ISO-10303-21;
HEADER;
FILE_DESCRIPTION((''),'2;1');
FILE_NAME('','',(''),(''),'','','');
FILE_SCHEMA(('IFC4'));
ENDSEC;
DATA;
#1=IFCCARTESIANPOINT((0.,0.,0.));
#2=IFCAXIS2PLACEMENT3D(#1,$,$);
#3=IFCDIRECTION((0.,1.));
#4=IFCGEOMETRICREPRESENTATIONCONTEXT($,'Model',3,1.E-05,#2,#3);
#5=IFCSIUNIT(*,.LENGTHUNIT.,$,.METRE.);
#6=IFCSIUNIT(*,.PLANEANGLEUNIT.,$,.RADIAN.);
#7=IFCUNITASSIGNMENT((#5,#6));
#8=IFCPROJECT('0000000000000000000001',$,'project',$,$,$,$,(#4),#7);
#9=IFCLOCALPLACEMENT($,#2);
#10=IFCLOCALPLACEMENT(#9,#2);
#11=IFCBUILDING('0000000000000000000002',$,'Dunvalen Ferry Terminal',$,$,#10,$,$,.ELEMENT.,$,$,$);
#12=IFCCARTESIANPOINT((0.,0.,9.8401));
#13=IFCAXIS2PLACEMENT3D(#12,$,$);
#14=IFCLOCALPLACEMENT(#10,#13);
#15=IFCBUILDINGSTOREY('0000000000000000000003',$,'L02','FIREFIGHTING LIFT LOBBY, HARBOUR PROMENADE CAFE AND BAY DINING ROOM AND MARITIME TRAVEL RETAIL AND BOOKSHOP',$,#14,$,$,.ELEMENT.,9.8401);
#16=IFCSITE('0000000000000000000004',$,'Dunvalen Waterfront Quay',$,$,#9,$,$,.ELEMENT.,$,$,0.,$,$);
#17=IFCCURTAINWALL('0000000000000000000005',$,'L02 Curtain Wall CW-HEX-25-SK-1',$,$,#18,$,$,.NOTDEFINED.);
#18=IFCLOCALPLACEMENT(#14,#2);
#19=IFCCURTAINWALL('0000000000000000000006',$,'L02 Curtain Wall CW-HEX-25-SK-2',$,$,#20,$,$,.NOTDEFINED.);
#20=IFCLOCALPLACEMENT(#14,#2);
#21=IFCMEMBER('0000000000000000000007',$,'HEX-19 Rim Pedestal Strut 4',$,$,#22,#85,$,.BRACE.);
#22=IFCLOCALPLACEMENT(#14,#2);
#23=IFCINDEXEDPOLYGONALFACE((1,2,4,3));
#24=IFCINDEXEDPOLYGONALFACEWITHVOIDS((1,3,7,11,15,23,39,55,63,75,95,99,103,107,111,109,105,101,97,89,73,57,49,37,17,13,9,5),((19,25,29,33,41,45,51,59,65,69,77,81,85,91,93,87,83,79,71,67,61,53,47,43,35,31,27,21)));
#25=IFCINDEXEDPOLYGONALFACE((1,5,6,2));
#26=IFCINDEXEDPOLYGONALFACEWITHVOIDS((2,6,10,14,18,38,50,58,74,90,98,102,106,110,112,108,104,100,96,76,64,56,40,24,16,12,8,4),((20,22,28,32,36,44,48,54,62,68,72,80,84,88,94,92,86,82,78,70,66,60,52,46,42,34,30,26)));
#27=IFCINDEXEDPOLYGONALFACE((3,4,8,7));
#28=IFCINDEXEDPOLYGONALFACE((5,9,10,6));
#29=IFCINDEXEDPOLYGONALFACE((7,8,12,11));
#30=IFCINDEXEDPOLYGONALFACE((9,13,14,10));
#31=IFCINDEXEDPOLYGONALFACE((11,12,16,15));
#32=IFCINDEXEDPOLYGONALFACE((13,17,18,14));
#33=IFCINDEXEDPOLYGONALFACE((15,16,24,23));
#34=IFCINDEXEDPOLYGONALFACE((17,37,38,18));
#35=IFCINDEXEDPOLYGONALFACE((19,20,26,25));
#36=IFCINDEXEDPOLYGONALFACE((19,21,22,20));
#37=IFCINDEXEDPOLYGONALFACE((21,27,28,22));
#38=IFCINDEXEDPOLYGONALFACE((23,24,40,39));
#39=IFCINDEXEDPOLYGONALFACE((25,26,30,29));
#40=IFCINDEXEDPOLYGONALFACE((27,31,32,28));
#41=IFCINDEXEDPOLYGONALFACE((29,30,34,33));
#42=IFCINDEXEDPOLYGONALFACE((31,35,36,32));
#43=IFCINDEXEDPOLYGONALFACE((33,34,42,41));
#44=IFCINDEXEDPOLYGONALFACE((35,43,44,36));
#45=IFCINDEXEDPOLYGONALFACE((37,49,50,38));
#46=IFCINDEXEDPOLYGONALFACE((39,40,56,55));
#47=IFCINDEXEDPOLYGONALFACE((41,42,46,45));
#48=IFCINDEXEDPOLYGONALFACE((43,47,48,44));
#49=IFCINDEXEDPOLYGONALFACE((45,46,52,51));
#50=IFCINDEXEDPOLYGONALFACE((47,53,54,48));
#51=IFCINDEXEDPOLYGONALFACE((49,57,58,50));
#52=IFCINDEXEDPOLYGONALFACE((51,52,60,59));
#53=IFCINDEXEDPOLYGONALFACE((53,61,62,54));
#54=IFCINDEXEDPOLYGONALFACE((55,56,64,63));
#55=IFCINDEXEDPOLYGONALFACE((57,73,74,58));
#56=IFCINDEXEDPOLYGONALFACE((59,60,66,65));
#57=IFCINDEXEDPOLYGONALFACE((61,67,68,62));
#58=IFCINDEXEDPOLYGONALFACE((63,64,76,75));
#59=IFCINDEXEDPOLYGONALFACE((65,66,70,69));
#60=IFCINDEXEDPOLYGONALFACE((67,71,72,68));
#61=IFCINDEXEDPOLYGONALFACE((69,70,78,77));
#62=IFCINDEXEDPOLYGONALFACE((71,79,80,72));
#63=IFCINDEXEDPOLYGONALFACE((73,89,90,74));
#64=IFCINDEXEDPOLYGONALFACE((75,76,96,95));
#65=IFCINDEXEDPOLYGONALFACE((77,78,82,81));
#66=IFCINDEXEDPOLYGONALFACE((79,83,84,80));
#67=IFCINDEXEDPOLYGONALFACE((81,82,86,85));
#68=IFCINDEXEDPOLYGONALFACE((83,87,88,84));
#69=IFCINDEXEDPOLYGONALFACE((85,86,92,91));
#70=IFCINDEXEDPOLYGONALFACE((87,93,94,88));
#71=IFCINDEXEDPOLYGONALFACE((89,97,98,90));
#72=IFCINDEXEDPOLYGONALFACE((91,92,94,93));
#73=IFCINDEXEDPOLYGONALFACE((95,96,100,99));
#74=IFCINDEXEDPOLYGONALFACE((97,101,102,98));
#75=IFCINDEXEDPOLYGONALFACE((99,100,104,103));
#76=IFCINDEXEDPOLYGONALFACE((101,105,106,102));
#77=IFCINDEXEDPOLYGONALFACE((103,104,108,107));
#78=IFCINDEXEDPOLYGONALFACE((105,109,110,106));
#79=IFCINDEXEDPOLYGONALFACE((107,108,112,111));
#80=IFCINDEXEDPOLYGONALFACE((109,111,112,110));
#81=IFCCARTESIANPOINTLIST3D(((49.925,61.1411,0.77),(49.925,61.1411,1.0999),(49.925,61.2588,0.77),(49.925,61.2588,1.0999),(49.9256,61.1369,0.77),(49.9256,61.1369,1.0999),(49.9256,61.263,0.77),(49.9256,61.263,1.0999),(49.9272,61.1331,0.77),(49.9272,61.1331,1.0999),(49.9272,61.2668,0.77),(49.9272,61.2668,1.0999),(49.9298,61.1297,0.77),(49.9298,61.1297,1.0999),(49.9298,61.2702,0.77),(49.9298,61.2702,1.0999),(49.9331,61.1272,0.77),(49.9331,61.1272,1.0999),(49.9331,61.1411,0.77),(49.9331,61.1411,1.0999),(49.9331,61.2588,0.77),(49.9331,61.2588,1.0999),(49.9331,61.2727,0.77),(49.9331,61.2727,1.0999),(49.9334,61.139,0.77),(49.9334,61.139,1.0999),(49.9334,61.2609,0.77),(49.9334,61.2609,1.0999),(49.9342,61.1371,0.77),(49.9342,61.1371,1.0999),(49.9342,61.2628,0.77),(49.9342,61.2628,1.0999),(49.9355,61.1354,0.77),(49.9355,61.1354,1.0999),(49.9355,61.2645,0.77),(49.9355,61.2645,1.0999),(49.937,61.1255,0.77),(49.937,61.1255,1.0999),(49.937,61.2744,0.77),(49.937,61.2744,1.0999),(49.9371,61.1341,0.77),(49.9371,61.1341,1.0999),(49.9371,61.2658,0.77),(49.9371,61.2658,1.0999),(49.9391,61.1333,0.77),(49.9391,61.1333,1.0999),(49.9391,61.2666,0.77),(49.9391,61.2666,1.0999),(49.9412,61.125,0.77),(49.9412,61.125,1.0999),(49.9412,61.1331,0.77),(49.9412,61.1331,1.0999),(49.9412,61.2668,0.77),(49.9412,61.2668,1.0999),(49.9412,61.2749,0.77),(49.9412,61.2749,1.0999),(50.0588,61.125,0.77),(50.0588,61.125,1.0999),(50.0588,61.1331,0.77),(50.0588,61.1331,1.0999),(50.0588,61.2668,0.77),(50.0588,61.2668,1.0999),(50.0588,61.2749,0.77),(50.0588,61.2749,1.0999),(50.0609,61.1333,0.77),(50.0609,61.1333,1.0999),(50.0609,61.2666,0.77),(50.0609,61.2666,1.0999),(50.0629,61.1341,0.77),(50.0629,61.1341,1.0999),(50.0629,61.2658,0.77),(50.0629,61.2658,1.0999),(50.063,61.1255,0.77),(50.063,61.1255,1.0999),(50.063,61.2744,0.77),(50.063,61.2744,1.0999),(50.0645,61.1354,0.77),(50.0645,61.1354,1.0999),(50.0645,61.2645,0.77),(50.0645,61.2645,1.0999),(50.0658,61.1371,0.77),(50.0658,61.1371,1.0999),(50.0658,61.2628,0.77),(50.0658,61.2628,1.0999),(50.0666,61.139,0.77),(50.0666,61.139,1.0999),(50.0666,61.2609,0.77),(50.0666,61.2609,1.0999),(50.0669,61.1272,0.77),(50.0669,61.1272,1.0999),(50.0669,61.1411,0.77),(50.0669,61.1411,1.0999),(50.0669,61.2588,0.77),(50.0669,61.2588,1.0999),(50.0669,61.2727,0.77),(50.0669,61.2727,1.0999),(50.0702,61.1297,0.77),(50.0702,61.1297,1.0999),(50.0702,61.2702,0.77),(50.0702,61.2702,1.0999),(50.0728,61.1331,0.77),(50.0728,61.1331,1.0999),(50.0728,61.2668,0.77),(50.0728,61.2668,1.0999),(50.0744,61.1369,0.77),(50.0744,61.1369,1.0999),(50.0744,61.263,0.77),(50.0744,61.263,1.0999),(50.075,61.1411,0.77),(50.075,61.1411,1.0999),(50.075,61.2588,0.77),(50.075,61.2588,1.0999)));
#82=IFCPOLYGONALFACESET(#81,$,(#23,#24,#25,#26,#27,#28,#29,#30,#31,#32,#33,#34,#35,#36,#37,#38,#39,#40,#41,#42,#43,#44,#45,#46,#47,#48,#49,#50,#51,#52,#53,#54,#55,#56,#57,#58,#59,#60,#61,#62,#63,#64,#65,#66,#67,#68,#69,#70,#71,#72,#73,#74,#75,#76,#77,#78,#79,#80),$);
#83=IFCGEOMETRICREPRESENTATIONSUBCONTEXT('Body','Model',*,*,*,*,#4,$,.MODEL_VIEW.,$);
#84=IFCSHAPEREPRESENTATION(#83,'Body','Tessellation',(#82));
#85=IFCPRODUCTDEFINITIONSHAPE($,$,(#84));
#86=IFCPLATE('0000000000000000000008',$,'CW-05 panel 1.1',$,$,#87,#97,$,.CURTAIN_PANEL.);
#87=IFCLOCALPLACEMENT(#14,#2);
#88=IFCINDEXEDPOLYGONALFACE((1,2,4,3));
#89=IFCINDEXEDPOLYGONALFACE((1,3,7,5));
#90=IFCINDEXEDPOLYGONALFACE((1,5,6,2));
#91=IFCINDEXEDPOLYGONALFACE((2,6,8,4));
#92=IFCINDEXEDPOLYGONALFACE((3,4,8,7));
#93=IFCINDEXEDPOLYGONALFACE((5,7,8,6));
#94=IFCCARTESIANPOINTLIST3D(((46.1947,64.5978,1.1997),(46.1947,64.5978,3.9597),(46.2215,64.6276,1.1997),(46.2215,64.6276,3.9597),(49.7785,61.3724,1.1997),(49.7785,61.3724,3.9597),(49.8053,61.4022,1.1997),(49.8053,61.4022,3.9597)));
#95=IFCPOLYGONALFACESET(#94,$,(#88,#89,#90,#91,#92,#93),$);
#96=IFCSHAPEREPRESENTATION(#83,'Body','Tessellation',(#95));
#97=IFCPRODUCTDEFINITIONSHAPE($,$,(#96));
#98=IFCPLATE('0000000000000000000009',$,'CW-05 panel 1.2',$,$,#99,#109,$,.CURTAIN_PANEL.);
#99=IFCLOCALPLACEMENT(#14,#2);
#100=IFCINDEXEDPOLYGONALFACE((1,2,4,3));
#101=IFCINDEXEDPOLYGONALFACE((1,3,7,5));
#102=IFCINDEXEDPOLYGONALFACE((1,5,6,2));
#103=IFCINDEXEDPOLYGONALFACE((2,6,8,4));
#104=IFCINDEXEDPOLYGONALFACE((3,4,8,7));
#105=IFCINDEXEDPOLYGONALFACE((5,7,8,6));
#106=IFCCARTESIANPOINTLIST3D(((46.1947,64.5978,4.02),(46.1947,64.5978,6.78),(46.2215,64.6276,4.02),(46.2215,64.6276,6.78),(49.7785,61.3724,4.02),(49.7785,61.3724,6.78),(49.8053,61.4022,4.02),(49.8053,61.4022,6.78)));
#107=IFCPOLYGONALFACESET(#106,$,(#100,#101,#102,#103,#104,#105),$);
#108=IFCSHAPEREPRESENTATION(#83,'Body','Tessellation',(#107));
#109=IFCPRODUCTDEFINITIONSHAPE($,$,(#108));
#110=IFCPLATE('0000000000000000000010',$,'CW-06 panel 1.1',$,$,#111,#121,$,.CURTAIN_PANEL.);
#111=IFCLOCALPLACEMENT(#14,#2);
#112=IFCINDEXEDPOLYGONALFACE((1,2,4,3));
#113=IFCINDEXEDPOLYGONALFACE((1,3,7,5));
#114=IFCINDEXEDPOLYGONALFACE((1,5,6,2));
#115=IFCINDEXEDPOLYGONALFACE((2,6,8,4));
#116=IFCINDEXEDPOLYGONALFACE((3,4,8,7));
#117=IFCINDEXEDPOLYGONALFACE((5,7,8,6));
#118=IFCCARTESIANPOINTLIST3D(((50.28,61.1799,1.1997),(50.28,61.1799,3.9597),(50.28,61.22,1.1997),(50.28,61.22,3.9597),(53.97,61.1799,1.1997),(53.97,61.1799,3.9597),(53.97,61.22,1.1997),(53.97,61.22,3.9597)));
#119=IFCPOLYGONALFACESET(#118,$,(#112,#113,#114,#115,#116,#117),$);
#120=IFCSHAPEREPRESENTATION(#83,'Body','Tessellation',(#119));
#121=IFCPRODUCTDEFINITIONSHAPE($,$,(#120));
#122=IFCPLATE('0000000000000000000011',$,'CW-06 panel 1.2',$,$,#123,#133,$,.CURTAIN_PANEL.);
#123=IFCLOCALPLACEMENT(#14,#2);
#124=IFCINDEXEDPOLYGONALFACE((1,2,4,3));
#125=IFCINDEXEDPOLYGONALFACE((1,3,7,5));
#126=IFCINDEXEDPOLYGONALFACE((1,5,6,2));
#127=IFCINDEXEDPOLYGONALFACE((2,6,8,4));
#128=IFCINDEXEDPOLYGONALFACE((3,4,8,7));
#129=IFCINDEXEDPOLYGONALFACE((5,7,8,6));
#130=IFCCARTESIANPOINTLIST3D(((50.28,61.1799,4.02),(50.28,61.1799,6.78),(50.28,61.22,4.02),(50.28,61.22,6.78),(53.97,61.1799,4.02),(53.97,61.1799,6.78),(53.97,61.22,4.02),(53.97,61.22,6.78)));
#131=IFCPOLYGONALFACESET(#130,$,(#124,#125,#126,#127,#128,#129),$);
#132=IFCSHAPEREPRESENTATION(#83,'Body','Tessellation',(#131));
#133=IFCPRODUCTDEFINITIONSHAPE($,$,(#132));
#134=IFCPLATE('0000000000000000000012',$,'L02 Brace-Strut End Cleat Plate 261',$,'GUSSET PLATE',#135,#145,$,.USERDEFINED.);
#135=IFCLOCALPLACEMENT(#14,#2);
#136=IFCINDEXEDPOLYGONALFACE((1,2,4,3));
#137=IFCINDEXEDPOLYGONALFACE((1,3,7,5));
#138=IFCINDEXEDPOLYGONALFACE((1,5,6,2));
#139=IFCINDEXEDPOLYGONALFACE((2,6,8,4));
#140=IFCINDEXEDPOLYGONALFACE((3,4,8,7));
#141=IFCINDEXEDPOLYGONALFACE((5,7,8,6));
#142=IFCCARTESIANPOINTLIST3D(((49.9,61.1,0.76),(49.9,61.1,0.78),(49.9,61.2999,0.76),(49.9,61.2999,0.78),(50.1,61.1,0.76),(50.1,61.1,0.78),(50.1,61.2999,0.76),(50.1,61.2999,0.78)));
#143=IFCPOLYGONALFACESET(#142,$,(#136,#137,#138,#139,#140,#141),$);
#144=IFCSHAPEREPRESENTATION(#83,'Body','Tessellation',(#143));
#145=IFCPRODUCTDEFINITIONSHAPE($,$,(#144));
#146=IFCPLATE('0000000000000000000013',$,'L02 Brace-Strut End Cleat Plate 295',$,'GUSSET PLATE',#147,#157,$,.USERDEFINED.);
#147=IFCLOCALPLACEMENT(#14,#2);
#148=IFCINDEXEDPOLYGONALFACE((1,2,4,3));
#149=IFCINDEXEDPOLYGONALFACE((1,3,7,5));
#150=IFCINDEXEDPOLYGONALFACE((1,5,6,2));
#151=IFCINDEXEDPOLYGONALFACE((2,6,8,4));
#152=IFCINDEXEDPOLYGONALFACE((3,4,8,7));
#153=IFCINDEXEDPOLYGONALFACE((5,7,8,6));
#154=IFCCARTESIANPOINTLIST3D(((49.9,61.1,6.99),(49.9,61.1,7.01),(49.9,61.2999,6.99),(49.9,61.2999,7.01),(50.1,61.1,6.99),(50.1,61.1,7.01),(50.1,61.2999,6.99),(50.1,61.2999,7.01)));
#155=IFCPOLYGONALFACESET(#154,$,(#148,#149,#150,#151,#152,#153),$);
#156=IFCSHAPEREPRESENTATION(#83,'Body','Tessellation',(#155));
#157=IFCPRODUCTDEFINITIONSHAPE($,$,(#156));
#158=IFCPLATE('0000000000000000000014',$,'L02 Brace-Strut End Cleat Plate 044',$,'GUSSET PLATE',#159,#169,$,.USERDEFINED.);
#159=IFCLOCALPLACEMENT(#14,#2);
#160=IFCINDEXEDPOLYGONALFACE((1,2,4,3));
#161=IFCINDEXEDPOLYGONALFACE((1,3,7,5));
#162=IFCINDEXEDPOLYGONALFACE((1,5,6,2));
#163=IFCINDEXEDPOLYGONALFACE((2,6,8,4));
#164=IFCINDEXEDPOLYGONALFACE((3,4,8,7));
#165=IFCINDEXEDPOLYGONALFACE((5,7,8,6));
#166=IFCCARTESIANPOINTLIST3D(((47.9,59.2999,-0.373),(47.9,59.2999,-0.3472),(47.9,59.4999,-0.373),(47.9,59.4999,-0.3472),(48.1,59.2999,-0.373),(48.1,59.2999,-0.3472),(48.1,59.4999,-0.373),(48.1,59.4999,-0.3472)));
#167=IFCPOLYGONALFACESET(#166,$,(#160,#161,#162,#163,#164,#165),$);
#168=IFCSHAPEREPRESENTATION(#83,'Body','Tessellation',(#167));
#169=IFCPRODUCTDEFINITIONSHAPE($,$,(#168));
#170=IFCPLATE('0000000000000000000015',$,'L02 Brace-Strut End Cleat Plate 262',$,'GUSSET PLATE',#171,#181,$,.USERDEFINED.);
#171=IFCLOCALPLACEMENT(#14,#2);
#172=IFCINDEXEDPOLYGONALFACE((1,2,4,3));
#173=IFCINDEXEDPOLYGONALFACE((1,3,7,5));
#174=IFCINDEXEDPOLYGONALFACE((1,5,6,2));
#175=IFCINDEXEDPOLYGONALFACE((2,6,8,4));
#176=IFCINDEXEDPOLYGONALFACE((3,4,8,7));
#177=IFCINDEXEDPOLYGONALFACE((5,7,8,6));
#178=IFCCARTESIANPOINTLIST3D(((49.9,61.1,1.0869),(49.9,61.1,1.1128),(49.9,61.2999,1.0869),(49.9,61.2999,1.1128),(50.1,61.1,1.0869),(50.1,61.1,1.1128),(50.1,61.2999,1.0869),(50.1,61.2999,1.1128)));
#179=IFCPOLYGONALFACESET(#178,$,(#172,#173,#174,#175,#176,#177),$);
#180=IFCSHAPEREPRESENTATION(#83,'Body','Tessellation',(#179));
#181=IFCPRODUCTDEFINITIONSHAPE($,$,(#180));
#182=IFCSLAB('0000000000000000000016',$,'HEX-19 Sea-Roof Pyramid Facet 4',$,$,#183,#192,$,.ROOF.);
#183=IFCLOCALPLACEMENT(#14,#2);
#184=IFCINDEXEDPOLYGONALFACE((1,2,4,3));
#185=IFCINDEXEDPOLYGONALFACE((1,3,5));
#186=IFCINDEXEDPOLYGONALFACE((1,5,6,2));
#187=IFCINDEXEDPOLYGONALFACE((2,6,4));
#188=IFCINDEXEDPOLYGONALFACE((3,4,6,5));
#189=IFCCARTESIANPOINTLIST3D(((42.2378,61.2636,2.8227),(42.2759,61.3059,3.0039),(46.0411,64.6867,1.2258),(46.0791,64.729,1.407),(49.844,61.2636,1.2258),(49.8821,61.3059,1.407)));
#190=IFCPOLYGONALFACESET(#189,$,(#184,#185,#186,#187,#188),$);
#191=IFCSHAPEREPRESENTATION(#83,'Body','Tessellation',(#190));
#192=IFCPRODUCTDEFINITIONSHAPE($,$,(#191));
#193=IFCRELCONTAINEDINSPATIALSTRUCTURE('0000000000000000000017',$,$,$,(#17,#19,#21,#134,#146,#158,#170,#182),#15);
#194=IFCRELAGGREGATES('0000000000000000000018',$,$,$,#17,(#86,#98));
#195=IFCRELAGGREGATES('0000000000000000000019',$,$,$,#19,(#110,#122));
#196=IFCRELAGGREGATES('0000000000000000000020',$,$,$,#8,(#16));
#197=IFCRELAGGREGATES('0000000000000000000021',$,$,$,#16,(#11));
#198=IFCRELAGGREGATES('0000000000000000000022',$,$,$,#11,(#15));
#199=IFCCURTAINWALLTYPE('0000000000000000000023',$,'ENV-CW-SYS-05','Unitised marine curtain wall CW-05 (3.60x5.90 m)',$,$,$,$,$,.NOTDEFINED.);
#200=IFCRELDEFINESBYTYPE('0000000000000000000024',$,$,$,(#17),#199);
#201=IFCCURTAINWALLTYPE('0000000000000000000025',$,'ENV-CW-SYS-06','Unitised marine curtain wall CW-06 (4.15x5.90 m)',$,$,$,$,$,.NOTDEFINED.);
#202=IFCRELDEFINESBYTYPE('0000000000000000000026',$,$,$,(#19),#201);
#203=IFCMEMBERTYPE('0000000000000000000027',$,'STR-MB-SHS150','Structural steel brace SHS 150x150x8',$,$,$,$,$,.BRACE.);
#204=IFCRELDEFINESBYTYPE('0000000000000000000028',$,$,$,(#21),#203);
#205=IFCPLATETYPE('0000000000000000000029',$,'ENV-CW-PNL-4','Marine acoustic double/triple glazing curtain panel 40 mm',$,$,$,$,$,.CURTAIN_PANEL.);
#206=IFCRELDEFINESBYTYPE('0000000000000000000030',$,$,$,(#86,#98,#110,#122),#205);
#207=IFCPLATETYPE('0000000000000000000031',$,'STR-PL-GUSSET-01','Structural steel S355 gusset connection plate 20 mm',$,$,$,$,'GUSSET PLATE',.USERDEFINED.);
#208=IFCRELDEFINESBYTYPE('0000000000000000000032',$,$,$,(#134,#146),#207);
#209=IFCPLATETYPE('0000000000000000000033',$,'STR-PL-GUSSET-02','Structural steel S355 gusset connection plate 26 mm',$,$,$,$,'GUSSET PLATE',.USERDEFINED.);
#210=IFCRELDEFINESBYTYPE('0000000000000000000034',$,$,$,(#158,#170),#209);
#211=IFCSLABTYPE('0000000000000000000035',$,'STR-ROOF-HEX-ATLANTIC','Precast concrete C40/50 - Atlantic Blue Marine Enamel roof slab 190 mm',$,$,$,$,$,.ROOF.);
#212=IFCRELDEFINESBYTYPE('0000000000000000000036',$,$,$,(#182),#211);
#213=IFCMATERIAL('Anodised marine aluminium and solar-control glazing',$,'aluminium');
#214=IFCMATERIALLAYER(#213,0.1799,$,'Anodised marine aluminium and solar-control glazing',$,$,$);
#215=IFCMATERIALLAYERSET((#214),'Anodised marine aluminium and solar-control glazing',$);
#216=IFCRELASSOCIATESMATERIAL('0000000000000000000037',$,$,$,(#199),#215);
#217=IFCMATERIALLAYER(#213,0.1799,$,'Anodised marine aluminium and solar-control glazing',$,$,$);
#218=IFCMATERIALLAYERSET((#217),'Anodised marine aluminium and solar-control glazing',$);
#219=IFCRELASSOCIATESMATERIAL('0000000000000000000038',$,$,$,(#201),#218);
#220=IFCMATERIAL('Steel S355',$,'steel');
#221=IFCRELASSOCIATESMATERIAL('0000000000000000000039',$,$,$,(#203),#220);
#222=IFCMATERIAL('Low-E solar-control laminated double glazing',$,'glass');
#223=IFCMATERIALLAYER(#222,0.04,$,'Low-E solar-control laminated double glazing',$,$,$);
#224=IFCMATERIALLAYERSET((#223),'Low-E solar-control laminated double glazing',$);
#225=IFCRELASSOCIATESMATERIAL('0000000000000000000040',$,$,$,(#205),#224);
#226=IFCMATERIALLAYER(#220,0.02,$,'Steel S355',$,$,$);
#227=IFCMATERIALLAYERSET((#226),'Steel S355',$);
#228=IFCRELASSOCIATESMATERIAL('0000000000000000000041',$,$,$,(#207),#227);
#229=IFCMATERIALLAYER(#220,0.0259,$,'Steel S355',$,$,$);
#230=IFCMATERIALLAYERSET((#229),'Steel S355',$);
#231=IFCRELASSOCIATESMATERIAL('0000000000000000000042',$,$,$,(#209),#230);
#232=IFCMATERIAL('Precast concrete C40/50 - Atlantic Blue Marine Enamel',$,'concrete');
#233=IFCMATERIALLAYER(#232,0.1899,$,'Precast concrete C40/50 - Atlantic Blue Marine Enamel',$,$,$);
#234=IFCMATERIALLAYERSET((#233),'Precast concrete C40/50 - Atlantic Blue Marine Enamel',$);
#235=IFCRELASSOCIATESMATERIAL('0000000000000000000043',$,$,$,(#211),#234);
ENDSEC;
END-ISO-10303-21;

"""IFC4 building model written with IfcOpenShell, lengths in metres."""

from ifc_helpers import new_model, si_unit, direction, frame, origin, origin_2d, place, context, subcontext, project, spatial, polyline, rectangle, hollow_rectangle, outline, extrude, material, layer, layer_set, material_profile, profile_set, type_object, element, aggregate, save


model = new_model("IFC4")

# Units and contexts
model_context = context("Model", 3, precision=1e-05, world=origin(), true_north=direction((0.0, 1.0)))
body_context = subcontext(model_context, "Body", "Model", "MODEL_VIEW")
ifc_project = project(units=[si_unit("LENGTHUNIT", "METRE"), si_unit("PLANEANGLEUNIT", "RADIAN")], contexts=[model_context])

# Site, building, storey
site_placement = place(None, origin())
site = spatial("IfcSite", under=ifc_project, at=site_placement, Name="Dunvalen Waterfront Quay", CompositionType="ELEMENT", RefElevation=0.0)
building_placement = place(site_placement, origin())
building = spatial("IfcBuilding", under=site, at=building_placement, Name="Dunvalen Ferry Terminal", CompositionType="ELEMENT")
storey_placement = place(building_placement, frame((0.0, 0.0, 9.8401)))
storey = spatial("IfcBuildingStorey", under=building, at=storey_placement, Name="L02", Description="FIREFIGHTING LIFT LOBBY, HARBOUR PROMENADE CAFE AND BAY DINING ROOM AND MARITIME TRAVEL RETAIL AND BOOKSHOP", CompositionType="ELEMENT", Elevation=9.8401)

# Curtain wall
ifc_material_1 = material(Name="Anodised marine aluminium and solar-control glazing", Category="aluminium")
ifc_layer_1 = layer(ifc_material_1, 0.1799, Name="Anodised marine aluminium and solar-control glazing")
ifc_layer_set_1 = layer_set([ifc_layer_1], Name="Anodised marine aluminium and solar-control glazing")
curtain_wall_type_1 = type_object("IfcCurtainWallType", Name="ENV-CW-SYS-05", Description="Unitised marine curtain wall CW-05 (3.60x5.90 m)", PredefinedType="NOTDEFINED", material=ifc_layer_set_1)
curtain_wall_1_placement = place(storey_placement, origin())
curtain_wall_1 = element("IfcCurtainWall", 1, at=curtain_wall_1_placement, inside=storey, type_object=curtain_wall_type_1, Name="L02 Curtain Wall CW-HEX-25-SK-1", PredefinedType="NOTDEFINED")

# Curtain wall
ifc_layer_2 = layer(ifc_material_1, 0.1799, Name="Anodised marine aluminium and solar-control glazing")
ifc_layer_set_2 = layer_set([ifc_layer_2], Name="Anodised marine aluminium and solar-control glazing")
curtain_wall_type_2 = type_object("IfcCurtainWallType", Name="ENV-CW-SYS-06", Description="Unitised marine curtain wall CW-06 (4.15x5.90 m)", PredefinedType="NOTDEFINED", material=ifc_layer_set_2)
curtain_wall_2_placement = place(storey_placement, origin())
curtain_wall_2 = element("IfcCurtainWall", 2, at=curtain_wall_2_placement, inside=storey, type_object=curtain_wall_type_2, Name="L02 Curtain Wall CW-HEX-25-SK-2", PredefinedType="NOTDEFINED")

# Shared definitions
ifc_material_2 = material(Name="Steel S355", Category="steel")

# Member
ifc_material_profile_1 = material_profile(ifc_material_2, hollow_rectangle(XDim=0.1499, YDim=0.1499, WallThickness=0.0081, InnerFilletRadius=0.0081, OuterFilletRadius=0.0161, at=origin_2d()), Name="Steel S355")
ifc_profile_set_1 = profile_set([ifc_material_profile_1], Name="Steel S355")
member_type_1 = type_object("IfcMemberType", Name="STR-MB-SHS150", Description="Structural steel brace SHS 150x150x8", PredefinedType="BRACE", material=ifc_profile_set_1)
member_1_placement = place(storey_placement, frame((50.0, 61.2, 0.77), z_axis=(0.0, 0.0, 1.0), x_axis=(1.0, 0.0, 0.0)))
element("IfcMember", 3, at=member_1_placement, inside=storey, type_object=member_type_1, Name="HEX-19 Rim Pedestal Strut 4", PredefinedType="BRACE", context=body_context, shape_type="SweptSolid", body=[
    extrude(hollow_rectangle(XDim=0.1499, YDim=0.1499, WallThickness=0.0081, InnerFilletRadius=0.0081, OuterFilletRadius=0.0161, at=origin_2d()), origin(), (0.0, 0.0, 1.0), 0.3298),
])

# Plates
ifc_material_3 = material(Name="Low-E solar-control laminated double glazing", Category="glass")
ifc_layer_3 = layer(ifc_material_3, 0.04, Name="Low-E solar-control laminated double glazing")
ifc_layer_set_3 = layer_set([ifc_layer_3], Name="Low-E solar-control laminated double glazing")
plate_type_1 = type_object("IfcPlateType", Name="ENV-CW-PNL-4", Description="Marine acoustic double/triple glazing curtain panel 40 mm", PredefinedType="CURTAIN_PANEL", material=ifc_layer_set_3)
plate_1_placement = place(storey_placement, frame((48.0, 63.0, 1.1997), z_axis=(0.0, 0.0, 1.0), x_axis=(0.743304, -0.668954, 0.0)))
plate_1 = element("IfcPlate", 4, at=plate_1_placement, type_object=plate_type_1, Name="CW-05 panel 1.1", PredefinedType="CURTAIN_PANEL", context=body_context, shape_type="SweptSolid", body=[
    extrude(rectangle(XDim=4.8215, YDim=0.04, at=origin_2d()), origin(), (0.0, 0.0, 1.0), 2.76),
])
plate_2_placement = place(storey_placement, frame((48.0, 63.0, 4.02), z_axis=(0.0, 0.0, 1.0), x_axis=(0.743304, -0.668954, 0.0)))
plate_2 = element("IfcPlate", 5, at=plate_2_placement, type_object=plate_type_1, Name="CW-05 panel 1.2", PredefinedType="CURTAIN_PANEL", context=body_context, shape_type="SweptSolid", body=[
    extrude(rectangle(XDim=4.8215, YDim=0.04, at=origin_2d()), origin(), (0.0, 0.0, 1.0), 2.76),
])
aggregate(curtain_wall_1, [plate_1, plate_2])
plate_3_placement = place(storey_placement, frame((52.125, 61.2, 1.1997), z_axis=(0.0, 0.0, 1.0), x_axis=(1.0, 0.0, 0.0)))
plate_3 = element("IfcPlate", 6, at=plate_3_placement, type_object=plate_type_1, Name="CW-06 panel 1.1", PredefinedType="CURTAIN_PANEL", context=body_context, shape_type="SweptSolid", body=[
    extrude(rectangle(XDim=3.6899, YDim=0.04, at=origin_2d()), origin(), (0.0, 0.0, 1.0), 2.76),
])
plate_4_placement = place(storey_placement, frame((52.125, 61.2, 4.02), z_axis=(0.0, 0.0, 1.0), x_axis=(1.0, 0.0, 0.0)))
plate_4 = element("IfcPlate", 7, at=plate_4_placement, type_object=plate_type_1, Name="CW-06 panel 1.2", PredefinedType="CURTAIN_PANEL", context=body_context, shape_type="SweptSolid", body=[
    extrude(rectangle(XDim=3.6899, YDim=0.04, at=origin_2d()), origin(), (0.0, 0.0, 1.0), 2.76),
])
aggregate(curtain_wall_2, [plate_3, plate_4])

# Plates
ifc_layer_4 = layer(ifc_material_2, 0.02, Name="Steel S355")
ifc_layer_set_4 = layer_set([ifc_layer_4], Name="Steel S355")
plate_type_2 = type_object("IfcPlateType", Name="STR-PL-GUSSET-01", Description="Structural steel S355 gusset connection plate 20 mm", ElementType="GUSSET PLATE", PredefinedType="USERDEFINED", material=ifc_layer_set_4)
for number, where, z_axis, x_axis, name in (
    (8, (50.0, 61.2, 0.76), (0.0, 0.0, 1.0), (1.0, 0.0, 0.0), "L02 Brace-Strut End Cleat Plate 261"),
    (9, (50.0, 61.2, 6.99), (0.0, 0.0, 1.0), (1.0, 0.0, 0.0), "L02 Brace-Strut End Cleat Plate 295"),
):
    element("IfcPlate", number, at=place(storey_placement, frame(where, z_axis=z_axis, x_axis=x_axis)), inside=storey, type_object=plate_type_2, Name=name, ObjectType="GUSSET PLATE", PredefinedType="USERDEFINED", context=body_context, shape_type="SweptSolid", body=[
        extrude(rectangle(XDim=0.2, YDim=0.2, at=origin_2d()), origin(), (0.0, 0.0, 1.0), 0.02),
    ])
ifc_layer_5 = layer(ifc_material_2, 0.0259, Name="Steel S355")
ifc_layer_set_5 = layer_set([ifc_layer_5], Name="Steel S355")
plate_type_3 = type_object("IfcPlateType", Name="STR-PL-GUSSET-02", Description="Structural steel S355 gusset connection plate 26 mm", ElementType="GUSSET PLATE", PredefinedType="USERDEFINED", material=ifc_layer_set_5)
for number, where, z_axis, x_axis, name in (
    (10, (48.0, 59.3999, -0.373), (0.0, 0.0, 1.0), (1.0, 0.0, 0.0), "L02 Brace-Strut End Cleat Plate 044"),
    (11, (50.0, 61.2, 1.0869), (0.0, 0.0, 1.0), (1.0, 0.0, 0.0), "L02 Brace-Strut End Cleat Plate 262"),
):
    element("IfcPlate", number, at=place(storey_placement, frame(where, z_axis=z_axis, x_axis=x_axis)), inside=storey, type_object=plate_type_3, Name=name, ObjectType="GUSSET PLATE", PredefinedType="USERDEFINED", context=body_context, shape_type="SweptSolid", body=[
        extrude(rectangle(XDim=0.2, YDim=0.2, at=origin_2d()), origin(), (0.0, 0.0, 1.0), 0.0259),
    ])

# Slab
ifc_material_4 = material(Name="Precast concrete C40/50 - Atlantic Blue Marine Enamel", Category="concrete")
ifc_layer_6 = layer(ifc_material_4, 0.1899, Name="Precast concrete C40/50 - Atlantic Blue Marine Enamel")
ifc_layer_set_6 = layer_set([ifc_layer_6], Name="Precast concrete C40/50 - Atlantic Blue Marine Enamel")
slab_type_1 = type_object("IfcSlabType", Name="STR-ROOF-HEX-ATLANTIC", Description="Precast concrete C40/50 - Atlantic Blue Marine Enamel roof slab 190 mm", PredefinedType="ROOF", material=ifc_layer_set_6)
slab_1_placement = place(storey_placement, frame((49.8821, 61.3059, 1.407), z_axis=(0.200318, 0.222548, 0.95412), x_axis=(-0.743254, 0.66901, 0.0)))
element("IfcSlab", 12, at=slab_1_placement, inside=storey, type_object=slab_type_1, Name="HEX-19 Sea-Roof Pyramid Facet 4", PredefinedType="ROOF", context=body_context, shape_type="SweptSolid", body=[
    extrude(outline(polyline([(0.0, 0.0), (5.1167, 0.0), (5.6533, 5.3333), (0.0, 0.0)])), origin(), (0.0, 0.0, -1.0), 0.1899),
])

save(model, "model.ifc")
